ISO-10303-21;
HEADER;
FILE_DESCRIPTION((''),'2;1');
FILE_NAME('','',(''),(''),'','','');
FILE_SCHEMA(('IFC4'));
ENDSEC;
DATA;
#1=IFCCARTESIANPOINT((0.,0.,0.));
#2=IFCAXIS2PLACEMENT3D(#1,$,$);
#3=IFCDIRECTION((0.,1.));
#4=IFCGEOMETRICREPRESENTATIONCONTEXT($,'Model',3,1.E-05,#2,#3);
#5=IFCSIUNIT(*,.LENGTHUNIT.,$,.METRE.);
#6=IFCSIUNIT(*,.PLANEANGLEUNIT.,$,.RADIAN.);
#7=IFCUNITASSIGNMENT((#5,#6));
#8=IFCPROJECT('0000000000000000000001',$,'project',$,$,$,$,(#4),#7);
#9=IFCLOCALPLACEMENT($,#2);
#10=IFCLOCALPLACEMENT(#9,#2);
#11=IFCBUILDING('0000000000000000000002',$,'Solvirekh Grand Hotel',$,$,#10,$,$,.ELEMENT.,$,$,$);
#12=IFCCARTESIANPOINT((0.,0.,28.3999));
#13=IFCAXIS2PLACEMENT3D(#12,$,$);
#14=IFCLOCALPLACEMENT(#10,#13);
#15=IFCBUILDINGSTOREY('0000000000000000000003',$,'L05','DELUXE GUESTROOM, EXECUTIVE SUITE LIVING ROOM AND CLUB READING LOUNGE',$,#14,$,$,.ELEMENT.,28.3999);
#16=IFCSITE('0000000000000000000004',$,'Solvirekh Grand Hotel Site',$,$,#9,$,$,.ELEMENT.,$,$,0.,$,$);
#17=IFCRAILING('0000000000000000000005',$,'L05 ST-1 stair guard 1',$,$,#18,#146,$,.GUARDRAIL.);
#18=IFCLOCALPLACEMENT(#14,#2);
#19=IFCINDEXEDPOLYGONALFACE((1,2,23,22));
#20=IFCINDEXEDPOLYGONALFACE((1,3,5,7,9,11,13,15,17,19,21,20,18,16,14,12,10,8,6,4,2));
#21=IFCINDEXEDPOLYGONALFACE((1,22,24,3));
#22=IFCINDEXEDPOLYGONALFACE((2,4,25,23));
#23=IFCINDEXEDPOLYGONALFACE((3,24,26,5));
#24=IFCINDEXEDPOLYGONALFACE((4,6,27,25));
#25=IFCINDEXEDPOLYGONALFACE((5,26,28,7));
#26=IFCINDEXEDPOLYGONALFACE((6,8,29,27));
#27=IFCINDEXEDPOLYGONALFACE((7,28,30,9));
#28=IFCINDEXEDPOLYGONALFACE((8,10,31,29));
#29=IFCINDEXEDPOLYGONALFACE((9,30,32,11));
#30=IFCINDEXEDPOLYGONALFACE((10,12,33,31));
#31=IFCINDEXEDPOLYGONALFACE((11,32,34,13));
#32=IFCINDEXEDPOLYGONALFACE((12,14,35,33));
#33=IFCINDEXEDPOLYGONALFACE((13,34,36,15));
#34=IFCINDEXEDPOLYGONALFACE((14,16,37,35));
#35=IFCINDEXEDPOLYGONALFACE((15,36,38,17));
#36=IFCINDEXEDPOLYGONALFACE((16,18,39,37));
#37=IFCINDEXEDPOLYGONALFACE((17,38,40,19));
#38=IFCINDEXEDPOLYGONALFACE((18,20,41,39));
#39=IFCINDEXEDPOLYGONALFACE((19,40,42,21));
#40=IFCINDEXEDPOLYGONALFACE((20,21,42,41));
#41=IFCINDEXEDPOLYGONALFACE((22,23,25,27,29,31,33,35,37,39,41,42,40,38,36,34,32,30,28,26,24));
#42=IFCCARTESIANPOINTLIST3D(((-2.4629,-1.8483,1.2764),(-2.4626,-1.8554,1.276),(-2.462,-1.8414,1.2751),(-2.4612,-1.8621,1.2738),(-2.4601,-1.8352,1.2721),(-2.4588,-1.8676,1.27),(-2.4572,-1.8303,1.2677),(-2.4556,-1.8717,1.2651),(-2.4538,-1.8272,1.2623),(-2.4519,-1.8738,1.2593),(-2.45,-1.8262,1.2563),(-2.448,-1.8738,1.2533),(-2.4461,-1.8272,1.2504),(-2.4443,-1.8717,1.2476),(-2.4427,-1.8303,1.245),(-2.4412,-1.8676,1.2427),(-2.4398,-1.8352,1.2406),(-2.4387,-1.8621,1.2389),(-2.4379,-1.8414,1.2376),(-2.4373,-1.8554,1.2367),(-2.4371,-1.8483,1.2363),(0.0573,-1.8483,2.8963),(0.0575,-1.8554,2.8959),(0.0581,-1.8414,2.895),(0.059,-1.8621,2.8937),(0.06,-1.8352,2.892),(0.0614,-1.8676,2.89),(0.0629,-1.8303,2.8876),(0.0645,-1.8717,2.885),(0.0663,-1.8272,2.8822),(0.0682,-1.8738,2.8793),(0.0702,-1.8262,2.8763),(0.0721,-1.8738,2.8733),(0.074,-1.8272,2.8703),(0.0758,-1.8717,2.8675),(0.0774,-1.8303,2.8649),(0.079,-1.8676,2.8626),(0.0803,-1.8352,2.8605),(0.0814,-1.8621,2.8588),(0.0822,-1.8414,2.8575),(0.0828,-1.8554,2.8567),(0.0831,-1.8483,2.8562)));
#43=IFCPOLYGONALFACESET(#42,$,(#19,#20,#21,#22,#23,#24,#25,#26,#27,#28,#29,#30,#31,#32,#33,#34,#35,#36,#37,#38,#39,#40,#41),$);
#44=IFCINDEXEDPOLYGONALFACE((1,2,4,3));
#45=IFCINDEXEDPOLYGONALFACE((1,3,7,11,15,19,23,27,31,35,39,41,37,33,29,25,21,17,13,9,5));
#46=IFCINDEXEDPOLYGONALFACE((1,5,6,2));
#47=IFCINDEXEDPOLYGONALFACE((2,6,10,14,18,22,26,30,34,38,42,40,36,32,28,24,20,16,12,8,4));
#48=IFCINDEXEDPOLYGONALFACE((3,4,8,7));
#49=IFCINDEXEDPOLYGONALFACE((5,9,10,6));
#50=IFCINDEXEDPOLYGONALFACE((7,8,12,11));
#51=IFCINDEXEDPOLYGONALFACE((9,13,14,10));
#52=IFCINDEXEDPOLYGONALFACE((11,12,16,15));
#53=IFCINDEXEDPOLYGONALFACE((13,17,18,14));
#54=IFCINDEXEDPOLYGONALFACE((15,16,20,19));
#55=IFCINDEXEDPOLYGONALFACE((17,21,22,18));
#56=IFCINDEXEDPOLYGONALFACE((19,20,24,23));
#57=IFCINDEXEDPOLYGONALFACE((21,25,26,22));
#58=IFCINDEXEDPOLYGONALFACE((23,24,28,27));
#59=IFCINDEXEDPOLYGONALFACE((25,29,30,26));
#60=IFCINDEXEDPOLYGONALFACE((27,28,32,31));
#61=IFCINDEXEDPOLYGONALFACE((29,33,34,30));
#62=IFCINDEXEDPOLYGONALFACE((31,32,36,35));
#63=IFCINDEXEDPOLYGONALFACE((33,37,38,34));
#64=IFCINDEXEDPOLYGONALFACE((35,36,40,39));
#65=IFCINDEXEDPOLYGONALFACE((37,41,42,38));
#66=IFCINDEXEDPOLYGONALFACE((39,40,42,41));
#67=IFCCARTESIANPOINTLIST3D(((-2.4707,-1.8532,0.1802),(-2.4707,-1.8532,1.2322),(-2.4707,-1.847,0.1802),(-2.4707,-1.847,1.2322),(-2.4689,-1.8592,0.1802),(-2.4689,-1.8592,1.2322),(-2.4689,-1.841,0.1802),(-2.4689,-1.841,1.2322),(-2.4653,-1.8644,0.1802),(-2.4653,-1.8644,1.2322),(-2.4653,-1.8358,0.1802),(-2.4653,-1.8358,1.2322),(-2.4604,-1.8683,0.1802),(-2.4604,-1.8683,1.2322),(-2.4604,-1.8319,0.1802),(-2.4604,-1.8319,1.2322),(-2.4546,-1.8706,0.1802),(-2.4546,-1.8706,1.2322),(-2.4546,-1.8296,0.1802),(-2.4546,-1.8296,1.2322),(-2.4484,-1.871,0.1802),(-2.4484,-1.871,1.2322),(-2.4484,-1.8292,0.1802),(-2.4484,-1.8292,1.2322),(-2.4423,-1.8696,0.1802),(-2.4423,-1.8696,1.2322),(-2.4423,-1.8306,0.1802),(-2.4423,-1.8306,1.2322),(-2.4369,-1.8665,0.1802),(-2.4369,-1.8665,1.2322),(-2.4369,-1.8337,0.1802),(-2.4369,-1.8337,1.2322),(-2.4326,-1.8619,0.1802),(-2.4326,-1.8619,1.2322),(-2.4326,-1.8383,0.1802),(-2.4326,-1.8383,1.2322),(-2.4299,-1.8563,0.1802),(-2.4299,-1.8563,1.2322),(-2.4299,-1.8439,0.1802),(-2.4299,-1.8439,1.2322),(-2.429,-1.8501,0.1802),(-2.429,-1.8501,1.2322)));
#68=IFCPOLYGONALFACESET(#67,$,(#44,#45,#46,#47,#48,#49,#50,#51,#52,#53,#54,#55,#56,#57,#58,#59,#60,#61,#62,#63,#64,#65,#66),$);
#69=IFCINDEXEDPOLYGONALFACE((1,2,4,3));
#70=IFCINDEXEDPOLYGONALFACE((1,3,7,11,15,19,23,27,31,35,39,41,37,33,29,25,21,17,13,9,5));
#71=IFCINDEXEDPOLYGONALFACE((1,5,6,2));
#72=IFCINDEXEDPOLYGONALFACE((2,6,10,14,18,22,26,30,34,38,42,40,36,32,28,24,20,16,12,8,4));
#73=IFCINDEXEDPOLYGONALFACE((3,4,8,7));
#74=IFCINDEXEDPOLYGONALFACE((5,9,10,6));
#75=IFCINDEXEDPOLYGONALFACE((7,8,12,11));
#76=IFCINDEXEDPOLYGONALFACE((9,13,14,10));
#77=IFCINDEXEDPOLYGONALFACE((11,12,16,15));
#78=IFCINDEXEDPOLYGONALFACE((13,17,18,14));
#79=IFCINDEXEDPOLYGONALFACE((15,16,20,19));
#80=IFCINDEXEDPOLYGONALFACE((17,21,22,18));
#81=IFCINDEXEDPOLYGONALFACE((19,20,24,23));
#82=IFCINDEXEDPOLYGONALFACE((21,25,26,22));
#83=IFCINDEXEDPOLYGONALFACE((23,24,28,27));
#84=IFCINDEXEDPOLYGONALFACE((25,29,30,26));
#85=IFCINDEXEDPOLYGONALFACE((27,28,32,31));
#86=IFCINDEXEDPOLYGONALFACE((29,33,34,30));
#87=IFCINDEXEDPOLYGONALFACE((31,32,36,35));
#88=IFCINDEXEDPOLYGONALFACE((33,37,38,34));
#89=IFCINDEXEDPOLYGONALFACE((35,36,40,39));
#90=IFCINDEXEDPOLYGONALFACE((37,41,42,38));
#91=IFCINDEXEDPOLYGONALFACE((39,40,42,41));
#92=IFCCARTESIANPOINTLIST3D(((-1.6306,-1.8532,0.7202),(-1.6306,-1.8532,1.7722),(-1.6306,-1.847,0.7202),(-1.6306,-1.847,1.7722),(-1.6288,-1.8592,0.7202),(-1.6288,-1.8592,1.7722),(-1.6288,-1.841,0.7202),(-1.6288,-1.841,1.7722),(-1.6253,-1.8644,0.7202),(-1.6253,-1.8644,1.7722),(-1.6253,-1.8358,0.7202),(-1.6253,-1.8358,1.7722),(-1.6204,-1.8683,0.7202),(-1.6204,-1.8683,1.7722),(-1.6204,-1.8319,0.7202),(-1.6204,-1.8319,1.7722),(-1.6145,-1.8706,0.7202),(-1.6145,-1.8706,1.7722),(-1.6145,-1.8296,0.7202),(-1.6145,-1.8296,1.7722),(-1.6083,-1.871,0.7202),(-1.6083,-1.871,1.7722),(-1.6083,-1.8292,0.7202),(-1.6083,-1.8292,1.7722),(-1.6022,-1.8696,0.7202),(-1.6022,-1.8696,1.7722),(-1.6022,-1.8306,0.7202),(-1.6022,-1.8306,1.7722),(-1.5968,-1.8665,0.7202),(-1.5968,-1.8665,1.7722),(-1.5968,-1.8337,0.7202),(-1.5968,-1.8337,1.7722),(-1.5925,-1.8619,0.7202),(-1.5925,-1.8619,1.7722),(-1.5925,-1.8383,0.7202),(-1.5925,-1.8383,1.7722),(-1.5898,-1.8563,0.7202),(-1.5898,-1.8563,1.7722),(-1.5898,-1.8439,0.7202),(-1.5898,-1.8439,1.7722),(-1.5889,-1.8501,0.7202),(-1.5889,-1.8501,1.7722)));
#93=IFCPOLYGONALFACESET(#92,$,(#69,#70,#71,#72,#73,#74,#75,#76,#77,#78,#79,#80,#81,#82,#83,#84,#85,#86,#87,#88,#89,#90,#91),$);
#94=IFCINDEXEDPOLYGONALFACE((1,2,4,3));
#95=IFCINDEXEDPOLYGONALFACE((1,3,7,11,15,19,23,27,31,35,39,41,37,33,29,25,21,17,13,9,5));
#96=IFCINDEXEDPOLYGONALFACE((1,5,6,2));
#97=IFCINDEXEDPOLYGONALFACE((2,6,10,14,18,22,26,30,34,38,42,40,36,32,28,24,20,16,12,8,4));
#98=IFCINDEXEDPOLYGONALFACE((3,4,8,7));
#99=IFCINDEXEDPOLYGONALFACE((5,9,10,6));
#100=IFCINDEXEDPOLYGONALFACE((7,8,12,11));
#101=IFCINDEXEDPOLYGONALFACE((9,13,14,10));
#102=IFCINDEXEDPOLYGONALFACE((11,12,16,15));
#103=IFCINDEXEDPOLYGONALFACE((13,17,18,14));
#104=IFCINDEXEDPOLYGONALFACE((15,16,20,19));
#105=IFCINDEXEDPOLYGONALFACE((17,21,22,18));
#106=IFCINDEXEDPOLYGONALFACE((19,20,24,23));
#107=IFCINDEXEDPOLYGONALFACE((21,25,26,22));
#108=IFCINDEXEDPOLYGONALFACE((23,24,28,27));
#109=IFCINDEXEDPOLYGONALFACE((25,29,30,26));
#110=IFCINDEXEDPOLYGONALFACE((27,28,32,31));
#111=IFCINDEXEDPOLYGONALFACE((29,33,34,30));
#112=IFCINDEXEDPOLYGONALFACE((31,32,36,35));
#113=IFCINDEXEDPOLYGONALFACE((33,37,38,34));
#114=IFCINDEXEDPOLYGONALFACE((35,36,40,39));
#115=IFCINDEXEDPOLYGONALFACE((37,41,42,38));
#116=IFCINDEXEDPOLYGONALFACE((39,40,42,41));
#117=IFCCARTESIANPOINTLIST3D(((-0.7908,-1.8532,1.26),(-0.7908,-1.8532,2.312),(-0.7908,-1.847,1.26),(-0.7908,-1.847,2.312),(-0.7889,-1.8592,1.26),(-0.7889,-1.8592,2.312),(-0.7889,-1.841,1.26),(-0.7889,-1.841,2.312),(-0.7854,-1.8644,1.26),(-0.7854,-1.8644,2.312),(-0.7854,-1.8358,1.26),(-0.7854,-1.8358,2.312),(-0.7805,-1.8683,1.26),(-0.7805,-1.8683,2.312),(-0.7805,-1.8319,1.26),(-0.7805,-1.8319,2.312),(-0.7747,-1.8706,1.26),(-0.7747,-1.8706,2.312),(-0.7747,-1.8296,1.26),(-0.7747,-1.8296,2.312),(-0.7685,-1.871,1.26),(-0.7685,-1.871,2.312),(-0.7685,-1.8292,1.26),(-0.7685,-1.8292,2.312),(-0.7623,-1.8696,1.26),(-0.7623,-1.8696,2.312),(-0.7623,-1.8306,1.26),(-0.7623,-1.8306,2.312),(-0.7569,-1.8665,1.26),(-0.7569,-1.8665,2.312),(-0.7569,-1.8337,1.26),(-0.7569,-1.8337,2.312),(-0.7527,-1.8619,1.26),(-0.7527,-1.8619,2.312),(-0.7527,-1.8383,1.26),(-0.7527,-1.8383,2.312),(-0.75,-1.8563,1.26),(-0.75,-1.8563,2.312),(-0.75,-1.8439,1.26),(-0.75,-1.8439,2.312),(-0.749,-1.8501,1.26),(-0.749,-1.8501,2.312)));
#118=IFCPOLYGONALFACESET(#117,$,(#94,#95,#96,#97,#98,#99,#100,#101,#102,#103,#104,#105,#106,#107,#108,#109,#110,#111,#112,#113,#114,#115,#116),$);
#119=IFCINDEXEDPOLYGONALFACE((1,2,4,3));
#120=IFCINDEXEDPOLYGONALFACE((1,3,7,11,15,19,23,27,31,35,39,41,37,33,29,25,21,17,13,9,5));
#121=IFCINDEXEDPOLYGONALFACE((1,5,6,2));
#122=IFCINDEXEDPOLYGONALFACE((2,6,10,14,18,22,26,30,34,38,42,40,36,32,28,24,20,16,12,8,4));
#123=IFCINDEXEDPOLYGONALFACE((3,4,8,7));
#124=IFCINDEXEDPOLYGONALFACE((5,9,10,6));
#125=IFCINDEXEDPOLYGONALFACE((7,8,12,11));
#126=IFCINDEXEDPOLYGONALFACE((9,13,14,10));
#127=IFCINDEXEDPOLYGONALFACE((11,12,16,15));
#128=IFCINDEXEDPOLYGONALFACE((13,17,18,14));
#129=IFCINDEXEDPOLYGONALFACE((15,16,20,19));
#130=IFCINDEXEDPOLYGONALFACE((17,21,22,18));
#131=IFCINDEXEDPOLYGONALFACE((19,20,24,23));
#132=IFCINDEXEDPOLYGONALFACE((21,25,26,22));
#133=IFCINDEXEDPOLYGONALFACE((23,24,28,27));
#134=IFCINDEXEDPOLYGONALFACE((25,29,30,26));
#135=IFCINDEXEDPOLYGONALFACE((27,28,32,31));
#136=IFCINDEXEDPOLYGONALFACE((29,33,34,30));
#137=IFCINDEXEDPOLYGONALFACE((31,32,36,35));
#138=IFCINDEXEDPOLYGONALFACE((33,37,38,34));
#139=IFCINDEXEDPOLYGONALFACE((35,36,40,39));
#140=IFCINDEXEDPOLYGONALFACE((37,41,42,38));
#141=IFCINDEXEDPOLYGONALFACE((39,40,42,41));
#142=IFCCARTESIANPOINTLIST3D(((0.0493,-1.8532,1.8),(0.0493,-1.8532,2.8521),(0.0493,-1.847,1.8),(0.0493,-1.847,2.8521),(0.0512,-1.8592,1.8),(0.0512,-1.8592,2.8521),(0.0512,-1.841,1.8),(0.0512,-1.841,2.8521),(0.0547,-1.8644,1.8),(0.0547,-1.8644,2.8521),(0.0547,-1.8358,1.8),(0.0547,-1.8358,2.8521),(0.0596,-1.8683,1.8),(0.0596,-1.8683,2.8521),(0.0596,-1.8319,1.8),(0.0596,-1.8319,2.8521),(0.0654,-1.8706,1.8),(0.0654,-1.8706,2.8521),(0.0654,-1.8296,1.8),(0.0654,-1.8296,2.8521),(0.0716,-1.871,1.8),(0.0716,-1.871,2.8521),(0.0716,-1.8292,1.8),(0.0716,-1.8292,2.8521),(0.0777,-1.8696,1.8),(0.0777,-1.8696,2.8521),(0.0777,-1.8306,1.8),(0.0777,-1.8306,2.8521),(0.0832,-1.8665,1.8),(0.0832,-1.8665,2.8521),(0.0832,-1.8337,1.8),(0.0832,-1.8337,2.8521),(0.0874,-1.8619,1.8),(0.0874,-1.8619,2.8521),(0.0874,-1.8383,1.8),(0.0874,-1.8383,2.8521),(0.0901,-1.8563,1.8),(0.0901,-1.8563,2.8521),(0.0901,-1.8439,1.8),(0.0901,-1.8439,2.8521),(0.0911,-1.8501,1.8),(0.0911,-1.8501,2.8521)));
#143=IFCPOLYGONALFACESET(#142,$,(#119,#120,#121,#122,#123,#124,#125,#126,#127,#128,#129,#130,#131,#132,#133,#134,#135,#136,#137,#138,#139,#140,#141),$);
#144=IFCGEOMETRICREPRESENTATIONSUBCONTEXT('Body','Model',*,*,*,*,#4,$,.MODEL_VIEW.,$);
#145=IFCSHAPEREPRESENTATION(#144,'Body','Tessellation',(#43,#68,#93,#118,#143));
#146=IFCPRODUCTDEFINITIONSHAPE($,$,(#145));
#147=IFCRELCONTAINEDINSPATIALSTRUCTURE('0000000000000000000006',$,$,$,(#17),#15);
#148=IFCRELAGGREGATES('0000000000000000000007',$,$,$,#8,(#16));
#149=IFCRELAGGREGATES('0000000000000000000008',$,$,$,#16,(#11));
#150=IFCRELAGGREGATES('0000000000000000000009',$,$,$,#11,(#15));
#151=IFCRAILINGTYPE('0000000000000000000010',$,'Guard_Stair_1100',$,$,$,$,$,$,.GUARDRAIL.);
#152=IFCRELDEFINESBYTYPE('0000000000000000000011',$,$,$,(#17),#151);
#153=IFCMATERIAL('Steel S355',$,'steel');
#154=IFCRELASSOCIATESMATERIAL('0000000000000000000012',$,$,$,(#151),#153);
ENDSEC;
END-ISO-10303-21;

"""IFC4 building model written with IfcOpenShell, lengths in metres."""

from ifc_helpers import new_model, si_unit, direction, frame, origin, origin_2d, place, context, subcontext, project, spatial, circle, extrude, material, type_object, element, save


model = new_model("IFC4")

# Units and contexts
model_context = context("Model", 3, precision=1e-05, world=origin(), true_north=direction((0.0, 1.0)))
body_context = subcontext(model_context, "Body", "Model", "MODEL_VIEW")
ifc_project = project(units=[si_unit("LENGTHUNIT", "METRE"), si_unit("PLANEANGLEUNIT", "RADIAN")], contexts=[model_context])

# Site, building, storey
site_placement = place(None, origin())
site = spatial("IfcSite", under=ifc_project, at=site_placement, Name="Solvirekh Grand Hotel Site", CompositionType="ELEMENT", RefElevation=0.0)
building_placement = place(site_placement, origin())
building = spatial("IfcBuilding", under=site, at=building_placement, Name="Solvirekh Grand Hotel", CompositionType="ELEMENT")
storey_placement = place(building_placement, frame((0.0, 0.0, 28.3999)))
storey = spatial("IfcBuildingStorey", under=building, at=storey_placement, Name="L05", Description="DELUXE GUESTROOM, EXECUTIVE SUITE LIVING ROOM AND CLUB READING LOUNGE", CompositionType="ELEMENT", Elevation=28.3999)

# Shared definitions
ifc_material_1 = material(Name="Steel S355", Category="steel")

# Railing
railing_type_1 = type_object("IfcRailingType", Name="Guard_Stair_1100", PredefinedType="GUARDRAIL", material=ifc_material_1)
railing_1_placement = place(storey_placement, frame((-2.45, -1.8501, 0.1802)))
element("IfcRailing", 1, at=railing_1_placement, inside=storey, type_object=railing_type_1, Name="L05 ST-1 stair guard 1", PredefinedType="GUARDRAIL", context=body_context, shape_type="SweptSolid", body=[
    extrude(circle(Radius=0.0239, at=origin_2d()), frame((0.0, 0.0, 1.0762), z_axis=(0.8412, 0.0, 0.540725), x_axis=(0.0, 1.0, 0.0)), (0.0, 0.0, 1.0), 2.9958),
    extrude(circle(Radius=0.021, at=origin_2d()), origin(), (0.0, 0.0, 1.0), 1.052),
    extrude(circle(Radius=0.021, at=origin_2d()), frame((0.8401, 0.0, 0.54)), (0.0, 0.0, 1.0), 1.052),
    extrude(circle(Radius=0.021, at=origin_2d()), frame((1.6799, 0.0, 1.0798)), (0.0, 0.0, 1.0), 1.052),
    extrude(circle(Radius=0.021, at=origin_2d()), frame((2.52, 0.0, 1.6199)), (0.0, 0.0, 1.0), 1.052),
])

save(model, "model.ifc")
